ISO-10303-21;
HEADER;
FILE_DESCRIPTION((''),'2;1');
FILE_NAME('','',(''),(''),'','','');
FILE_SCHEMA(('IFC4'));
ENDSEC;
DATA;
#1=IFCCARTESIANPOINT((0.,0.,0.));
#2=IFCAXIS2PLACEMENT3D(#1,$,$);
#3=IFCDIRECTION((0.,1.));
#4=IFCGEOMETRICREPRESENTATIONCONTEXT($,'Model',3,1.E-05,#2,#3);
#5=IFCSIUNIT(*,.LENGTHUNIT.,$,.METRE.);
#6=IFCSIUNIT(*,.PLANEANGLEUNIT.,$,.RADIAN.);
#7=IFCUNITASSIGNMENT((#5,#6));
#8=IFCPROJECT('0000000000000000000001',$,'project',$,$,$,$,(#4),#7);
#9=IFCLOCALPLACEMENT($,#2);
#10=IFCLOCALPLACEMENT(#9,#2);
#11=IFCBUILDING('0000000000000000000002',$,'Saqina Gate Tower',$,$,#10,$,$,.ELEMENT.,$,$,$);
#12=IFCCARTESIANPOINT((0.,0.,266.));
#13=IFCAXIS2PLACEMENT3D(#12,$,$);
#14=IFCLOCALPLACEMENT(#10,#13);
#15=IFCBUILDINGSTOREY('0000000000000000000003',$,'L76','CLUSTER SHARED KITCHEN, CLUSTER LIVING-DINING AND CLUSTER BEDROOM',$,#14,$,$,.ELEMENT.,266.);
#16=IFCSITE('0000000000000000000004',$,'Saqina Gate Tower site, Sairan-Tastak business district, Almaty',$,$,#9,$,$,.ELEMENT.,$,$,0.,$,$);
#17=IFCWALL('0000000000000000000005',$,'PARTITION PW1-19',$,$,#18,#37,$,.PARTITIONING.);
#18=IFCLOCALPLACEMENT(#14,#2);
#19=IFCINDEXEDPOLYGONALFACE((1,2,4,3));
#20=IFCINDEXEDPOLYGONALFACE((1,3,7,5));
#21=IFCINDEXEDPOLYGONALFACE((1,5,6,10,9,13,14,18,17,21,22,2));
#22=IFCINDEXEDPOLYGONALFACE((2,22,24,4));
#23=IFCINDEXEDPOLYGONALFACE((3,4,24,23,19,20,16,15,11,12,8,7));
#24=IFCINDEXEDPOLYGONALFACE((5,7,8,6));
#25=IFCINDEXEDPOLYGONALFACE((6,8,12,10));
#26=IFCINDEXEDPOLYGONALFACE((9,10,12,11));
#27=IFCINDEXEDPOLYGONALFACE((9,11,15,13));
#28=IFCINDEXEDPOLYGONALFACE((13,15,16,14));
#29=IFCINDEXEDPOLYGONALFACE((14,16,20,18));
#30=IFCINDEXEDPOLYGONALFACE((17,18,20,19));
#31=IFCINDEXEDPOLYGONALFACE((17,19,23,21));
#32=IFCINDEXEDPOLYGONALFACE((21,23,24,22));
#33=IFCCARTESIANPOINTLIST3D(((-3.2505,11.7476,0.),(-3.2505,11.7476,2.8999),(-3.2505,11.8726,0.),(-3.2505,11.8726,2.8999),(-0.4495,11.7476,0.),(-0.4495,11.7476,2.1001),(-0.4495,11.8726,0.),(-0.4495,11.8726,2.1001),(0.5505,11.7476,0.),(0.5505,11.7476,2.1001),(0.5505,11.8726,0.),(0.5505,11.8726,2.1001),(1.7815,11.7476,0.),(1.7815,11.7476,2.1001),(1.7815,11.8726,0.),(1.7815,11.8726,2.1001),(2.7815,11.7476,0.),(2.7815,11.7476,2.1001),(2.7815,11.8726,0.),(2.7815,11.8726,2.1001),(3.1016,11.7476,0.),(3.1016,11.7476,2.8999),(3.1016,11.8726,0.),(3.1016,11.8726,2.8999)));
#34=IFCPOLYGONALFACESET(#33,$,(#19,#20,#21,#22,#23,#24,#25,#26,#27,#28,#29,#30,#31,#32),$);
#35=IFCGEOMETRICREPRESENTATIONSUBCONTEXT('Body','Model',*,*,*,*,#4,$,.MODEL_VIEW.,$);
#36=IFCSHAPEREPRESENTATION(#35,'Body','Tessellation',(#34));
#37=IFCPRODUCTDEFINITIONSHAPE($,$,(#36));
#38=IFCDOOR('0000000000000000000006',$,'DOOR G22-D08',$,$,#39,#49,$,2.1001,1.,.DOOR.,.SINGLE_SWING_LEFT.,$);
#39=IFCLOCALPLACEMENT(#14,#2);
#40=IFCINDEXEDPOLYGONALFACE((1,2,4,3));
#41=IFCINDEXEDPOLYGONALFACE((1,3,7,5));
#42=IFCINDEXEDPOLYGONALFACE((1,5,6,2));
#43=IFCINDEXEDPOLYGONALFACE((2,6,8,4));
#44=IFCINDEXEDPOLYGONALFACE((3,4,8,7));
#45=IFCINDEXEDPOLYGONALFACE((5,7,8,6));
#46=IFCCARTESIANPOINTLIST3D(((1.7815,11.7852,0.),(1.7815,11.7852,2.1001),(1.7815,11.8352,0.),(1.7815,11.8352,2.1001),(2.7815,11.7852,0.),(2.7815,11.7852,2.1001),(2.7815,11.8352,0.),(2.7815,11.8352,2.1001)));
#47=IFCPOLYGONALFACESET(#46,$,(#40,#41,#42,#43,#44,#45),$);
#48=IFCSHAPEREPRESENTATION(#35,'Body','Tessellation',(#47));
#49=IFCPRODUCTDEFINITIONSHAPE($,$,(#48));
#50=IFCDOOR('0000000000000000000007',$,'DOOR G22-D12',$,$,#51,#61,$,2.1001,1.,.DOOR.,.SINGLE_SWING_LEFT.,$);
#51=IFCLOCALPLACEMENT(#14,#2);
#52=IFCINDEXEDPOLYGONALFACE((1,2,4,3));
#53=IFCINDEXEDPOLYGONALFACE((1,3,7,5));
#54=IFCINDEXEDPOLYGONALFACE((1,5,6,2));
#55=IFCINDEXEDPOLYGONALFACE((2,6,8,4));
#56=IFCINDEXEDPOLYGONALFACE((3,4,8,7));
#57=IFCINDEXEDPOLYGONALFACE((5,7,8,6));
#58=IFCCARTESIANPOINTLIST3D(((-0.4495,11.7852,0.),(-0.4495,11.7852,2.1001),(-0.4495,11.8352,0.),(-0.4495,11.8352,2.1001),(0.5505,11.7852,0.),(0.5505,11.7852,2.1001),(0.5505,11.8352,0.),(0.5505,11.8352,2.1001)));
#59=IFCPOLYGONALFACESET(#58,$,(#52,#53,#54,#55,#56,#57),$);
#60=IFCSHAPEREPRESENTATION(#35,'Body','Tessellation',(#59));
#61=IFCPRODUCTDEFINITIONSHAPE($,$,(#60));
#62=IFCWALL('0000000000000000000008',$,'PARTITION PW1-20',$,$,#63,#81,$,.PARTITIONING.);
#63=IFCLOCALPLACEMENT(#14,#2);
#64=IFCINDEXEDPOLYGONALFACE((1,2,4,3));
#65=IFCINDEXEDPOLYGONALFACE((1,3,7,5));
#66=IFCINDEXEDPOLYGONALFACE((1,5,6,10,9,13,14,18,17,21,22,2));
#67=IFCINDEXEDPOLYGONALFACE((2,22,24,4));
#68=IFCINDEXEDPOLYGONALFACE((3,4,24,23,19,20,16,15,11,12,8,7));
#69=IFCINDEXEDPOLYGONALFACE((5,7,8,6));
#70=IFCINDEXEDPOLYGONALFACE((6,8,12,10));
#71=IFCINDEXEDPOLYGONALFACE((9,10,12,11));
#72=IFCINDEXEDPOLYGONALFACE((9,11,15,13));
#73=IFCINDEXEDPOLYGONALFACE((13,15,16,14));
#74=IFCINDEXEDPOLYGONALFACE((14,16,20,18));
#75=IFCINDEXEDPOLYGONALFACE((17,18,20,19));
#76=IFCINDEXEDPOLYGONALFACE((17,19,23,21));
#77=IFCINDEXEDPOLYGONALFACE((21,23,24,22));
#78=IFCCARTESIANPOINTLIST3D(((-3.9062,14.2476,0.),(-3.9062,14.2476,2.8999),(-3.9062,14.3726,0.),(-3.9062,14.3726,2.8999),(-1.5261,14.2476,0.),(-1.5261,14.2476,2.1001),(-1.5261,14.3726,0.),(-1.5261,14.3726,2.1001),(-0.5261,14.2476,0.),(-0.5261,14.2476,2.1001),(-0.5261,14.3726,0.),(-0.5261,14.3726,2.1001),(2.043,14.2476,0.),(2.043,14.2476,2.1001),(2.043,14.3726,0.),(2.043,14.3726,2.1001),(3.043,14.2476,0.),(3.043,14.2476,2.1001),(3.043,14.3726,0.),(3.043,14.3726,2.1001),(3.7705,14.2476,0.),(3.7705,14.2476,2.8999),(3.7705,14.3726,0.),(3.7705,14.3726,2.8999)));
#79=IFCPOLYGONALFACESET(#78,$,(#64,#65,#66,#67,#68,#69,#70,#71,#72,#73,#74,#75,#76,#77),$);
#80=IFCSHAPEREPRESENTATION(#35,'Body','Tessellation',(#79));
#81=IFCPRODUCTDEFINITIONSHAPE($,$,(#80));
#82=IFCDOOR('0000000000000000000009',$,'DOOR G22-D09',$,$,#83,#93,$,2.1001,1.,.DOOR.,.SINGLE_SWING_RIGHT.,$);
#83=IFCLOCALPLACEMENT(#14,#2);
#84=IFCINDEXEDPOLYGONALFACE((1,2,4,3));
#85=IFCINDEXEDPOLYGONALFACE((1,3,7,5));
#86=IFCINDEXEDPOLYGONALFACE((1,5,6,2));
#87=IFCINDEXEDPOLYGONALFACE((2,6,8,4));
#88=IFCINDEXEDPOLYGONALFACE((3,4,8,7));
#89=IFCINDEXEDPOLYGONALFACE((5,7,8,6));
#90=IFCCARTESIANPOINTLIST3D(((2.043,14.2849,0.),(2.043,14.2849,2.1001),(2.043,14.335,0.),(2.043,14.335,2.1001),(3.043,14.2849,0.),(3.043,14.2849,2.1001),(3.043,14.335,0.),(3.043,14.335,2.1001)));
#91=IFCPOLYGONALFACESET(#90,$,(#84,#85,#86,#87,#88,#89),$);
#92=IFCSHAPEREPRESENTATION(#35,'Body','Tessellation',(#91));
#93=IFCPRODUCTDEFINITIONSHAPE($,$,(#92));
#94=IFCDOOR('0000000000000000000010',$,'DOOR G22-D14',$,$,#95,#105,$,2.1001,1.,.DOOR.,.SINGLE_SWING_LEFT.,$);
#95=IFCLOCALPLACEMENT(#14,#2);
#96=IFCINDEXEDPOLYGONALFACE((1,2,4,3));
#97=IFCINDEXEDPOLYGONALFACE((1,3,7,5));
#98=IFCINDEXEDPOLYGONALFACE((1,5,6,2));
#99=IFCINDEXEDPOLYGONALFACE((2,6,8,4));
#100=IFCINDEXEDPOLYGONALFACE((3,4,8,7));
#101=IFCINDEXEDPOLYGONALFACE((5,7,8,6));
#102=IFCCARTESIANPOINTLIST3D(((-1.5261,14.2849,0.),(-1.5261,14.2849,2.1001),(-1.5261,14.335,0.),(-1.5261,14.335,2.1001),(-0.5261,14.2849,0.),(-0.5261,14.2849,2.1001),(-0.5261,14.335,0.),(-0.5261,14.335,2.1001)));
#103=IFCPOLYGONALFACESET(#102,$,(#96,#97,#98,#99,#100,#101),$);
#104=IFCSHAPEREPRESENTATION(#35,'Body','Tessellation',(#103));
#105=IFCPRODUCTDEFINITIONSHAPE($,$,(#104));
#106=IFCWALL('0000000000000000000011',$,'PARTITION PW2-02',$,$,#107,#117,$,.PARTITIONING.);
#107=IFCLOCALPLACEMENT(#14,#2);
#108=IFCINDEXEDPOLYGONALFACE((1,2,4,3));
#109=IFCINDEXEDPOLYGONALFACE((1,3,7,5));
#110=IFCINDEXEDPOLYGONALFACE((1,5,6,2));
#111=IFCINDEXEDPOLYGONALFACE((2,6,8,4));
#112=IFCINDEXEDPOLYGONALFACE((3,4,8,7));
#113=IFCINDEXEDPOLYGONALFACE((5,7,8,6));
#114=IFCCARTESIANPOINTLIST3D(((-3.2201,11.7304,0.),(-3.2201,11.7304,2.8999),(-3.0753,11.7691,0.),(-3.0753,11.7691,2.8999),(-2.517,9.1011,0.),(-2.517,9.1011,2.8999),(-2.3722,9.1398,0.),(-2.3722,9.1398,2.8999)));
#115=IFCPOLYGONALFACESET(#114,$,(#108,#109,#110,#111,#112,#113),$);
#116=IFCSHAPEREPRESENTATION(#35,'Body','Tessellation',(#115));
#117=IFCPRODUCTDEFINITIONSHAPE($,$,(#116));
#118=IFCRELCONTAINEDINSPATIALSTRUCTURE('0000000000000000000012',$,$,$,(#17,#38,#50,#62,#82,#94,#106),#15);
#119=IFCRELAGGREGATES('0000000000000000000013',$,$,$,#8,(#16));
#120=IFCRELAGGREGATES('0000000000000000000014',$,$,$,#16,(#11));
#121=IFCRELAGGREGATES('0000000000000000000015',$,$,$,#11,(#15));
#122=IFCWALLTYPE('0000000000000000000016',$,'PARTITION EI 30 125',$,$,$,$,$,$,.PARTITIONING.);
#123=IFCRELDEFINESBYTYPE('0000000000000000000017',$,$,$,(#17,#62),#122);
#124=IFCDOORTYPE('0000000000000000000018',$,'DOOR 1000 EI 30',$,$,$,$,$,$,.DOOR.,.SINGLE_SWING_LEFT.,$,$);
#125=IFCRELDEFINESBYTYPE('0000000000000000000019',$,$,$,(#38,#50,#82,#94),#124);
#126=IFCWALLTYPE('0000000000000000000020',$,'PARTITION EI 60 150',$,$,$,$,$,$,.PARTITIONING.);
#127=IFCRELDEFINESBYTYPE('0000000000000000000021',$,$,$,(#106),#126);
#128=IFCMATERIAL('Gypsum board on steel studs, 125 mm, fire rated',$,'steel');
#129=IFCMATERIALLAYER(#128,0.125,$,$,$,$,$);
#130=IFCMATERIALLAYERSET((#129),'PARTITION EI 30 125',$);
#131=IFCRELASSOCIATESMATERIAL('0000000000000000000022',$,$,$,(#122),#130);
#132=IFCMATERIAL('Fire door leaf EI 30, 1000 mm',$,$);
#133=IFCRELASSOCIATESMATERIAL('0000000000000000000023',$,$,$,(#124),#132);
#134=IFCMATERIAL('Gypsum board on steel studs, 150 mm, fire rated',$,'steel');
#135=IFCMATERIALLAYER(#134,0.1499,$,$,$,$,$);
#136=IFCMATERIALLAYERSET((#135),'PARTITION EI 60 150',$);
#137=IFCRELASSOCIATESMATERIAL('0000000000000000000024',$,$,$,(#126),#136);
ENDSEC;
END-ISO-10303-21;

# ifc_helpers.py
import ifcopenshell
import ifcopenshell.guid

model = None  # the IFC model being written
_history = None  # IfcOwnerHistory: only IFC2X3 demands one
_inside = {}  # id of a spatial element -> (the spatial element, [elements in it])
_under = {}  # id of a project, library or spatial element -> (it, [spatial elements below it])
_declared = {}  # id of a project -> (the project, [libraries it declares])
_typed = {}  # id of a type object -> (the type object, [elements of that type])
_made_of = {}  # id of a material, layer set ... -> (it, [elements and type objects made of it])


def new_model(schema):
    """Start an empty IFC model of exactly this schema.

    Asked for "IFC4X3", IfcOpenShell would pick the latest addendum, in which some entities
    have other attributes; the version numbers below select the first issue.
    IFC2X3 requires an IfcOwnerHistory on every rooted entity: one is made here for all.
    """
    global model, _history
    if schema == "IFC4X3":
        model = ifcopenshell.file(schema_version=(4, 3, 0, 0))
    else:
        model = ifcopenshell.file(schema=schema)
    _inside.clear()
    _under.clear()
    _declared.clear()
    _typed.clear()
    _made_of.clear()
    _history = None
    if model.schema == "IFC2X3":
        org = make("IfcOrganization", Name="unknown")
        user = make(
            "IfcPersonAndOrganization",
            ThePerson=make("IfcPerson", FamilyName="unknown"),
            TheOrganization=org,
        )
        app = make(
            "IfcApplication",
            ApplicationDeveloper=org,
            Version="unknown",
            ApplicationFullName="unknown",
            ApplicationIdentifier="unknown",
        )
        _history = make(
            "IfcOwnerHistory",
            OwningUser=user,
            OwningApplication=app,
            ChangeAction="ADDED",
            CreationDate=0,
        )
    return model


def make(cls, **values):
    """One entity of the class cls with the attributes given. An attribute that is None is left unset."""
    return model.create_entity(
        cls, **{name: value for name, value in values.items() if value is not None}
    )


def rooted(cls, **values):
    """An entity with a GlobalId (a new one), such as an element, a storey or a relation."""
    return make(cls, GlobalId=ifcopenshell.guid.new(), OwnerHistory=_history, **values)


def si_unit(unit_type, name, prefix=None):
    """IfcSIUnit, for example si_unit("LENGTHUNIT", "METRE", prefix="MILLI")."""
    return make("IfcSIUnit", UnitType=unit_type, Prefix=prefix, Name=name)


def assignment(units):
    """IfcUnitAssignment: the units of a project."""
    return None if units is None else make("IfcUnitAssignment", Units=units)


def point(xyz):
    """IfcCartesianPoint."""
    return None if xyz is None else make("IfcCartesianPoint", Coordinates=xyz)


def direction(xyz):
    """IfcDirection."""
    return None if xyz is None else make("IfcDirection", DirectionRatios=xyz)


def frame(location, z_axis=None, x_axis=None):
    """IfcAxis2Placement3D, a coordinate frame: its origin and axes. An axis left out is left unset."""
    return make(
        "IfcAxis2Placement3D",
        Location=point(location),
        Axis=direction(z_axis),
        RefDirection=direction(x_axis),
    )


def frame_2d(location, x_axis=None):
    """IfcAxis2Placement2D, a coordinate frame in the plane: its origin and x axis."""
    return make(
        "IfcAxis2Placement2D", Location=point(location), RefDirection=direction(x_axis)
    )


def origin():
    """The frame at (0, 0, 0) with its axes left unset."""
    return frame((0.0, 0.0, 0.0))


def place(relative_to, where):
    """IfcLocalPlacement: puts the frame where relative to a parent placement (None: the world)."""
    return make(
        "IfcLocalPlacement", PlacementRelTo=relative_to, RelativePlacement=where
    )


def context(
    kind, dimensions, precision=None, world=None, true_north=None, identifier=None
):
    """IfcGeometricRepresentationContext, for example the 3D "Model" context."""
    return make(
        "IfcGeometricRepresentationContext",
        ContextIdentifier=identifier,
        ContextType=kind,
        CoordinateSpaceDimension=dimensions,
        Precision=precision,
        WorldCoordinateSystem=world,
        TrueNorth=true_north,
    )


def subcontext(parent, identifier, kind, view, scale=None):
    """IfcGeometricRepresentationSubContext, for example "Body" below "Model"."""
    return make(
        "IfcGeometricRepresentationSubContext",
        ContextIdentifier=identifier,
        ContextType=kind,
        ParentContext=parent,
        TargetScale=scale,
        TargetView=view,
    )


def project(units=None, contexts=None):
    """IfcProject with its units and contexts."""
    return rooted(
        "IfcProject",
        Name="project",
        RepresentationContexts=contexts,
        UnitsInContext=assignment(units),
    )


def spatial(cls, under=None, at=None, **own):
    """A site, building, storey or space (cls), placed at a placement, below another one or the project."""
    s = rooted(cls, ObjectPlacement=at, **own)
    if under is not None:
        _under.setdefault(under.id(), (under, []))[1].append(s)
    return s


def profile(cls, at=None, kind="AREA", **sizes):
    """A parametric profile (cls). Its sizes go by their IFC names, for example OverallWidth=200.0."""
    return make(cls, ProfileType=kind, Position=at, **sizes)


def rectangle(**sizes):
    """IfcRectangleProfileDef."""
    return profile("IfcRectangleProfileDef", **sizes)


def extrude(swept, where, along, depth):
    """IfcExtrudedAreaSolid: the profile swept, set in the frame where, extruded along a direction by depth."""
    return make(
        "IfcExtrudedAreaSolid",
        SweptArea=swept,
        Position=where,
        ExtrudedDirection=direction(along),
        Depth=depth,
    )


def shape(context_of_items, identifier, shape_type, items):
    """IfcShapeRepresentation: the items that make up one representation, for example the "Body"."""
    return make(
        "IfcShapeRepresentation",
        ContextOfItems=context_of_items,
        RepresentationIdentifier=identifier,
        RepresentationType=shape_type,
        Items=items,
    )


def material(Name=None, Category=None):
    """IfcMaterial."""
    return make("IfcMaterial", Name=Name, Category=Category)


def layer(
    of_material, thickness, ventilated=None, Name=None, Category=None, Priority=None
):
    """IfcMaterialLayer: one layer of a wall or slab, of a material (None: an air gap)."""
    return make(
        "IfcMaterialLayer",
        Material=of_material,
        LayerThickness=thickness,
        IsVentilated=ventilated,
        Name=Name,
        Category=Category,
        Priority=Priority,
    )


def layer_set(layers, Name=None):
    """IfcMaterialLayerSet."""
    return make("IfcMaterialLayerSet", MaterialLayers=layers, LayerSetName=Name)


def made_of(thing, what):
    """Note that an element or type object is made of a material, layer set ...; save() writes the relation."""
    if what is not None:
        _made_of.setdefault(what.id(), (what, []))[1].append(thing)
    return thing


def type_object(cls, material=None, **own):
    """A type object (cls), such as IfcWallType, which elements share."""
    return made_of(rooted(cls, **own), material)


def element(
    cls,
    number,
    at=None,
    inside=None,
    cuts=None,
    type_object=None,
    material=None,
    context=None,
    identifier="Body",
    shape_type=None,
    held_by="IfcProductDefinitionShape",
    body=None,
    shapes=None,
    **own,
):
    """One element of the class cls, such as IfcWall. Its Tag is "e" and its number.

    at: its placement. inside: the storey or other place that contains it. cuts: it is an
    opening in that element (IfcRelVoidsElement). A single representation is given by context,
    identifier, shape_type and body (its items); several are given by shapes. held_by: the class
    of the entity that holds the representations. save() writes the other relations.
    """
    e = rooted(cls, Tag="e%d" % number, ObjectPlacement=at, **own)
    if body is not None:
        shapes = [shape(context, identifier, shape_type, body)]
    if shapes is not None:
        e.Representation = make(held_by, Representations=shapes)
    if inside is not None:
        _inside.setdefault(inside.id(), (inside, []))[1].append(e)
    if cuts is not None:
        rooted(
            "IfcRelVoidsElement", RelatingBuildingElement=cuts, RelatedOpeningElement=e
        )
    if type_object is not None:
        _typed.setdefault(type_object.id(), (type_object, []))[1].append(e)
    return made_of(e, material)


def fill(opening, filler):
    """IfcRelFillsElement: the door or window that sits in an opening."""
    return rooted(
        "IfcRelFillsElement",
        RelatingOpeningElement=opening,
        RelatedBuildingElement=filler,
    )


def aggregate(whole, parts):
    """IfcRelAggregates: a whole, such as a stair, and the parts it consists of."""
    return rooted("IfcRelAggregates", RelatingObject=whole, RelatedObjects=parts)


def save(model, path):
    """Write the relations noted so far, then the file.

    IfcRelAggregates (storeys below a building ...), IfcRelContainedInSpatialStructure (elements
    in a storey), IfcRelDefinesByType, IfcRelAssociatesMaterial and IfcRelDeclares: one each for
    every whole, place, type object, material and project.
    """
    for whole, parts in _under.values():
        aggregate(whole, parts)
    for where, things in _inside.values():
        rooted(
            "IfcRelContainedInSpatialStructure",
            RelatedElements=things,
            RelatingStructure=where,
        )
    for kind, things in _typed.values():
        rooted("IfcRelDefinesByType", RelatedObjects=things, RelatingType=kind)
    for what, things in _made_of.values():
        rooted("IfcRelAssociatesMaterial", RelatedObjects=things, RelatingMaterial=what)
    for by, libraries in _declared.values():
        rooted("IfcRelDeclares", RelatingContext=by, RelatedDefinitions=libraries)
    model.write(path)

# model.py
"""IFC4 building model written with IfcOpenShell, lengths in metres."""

from ifc_helpers import new_model, si_unit, direction, frame, frame_2d, origin, place, context, subcontext, project, spatial, rectangle, extrude, material, layer, layer_set, type_object, element, fill, save


model = new_model("IFC4")

# Units and contexts
model_context = context("Model", 3, precision=1e-05, world=origin(), true_north=direction((0.0, 1.0)))
body_context = subcontext(model_context, "Body", "Model", "MODEL_VIEW")
ifc_project = project(units=[si_unit("LENGTHUNIT", "METRE"), si_unit("PLANEANGLEUNIT", "RADIAN")], contexts=[model_context])

# Site, building, storey
site_placement = place(None, origin())
site = spatial("IfcSite", under=ifc_project, at=site_placement, Name="Saqina Gate Tower site, Sairan-Tastak business district, Almaty", CompositionType="ELEMENT", RefElevation=0.0)
building_placement = place(site_placement, origin())
building = spatial("IfcBuilding", under=site, at=building_placement, Name="Saqina Gate Tower", CompositionType="ELEMENT")
storey_placement = place(building_placement, frame((0.0, 0.0, 266.0)))
storey = spatial("IfcBuildingStorey", under=building, at=storey_placement, Name="L76", Description="CLUSTER SHARED KITCHEN, CLUSTER LIVING-DINING AND CLUSTER BEDROOM", CompositionType="ELEMENT", Elevation=266.0)

# Walls, openings, doors
ifc_material_1 = material(Name="Gypsum board on steel studs, 125 mm, fire rated", Category="steel")
ifc_layer_1 = layer(ifc_material_1, 0.125)
ifc_layer_set_1 = layer_set([ifc_layer_1], Name="PARTITION EI 30 125")
wall_type_1 = type_object("IfcWallType", Name="PARTITION EI 30 125", PredefinedType="PARTITIONING", material=ifc_layer_set_1)
wall_1_placement = place(storey_placement, frame((-3.2505, 11.8101, 0.0), z_axis=(0.0, 0.0, 1.0), x_axis=(1.0, 0.0, 0.0)))
wall_1 = element("IfcWall", 1, at=wall_1_placement, inside=storey, type_object=wall_type_1, Name="PARTITION PW1-19", PredefinedType="PARTITIONING", context=body_context, shape_type="SweptSolid", body=[
    extrude(rectangle(XDim=6.3521, YDim=0.125, at=frame_2d((3.176, 0.0))), origin(), (0.0, 0.0, 1.0), 2.8999),
])
opening_1_placement = place(wall_1_placement, frame((5.032, 0.0, 0.0)))
opening_1 = element("IfcOpeningElement", 2, at=opening_1_placement, cuts=wall_1, PredefinedType="OPENING", context=body_context, shape_type="SweptSolid", body=[
    extrude(rectangle(XDim=1.0, YDim=2.1001, at=frame_2d((0.5, 1.05))), frame((0.0, 0.0745, 0.0), z_axis=(0.0, -1.0, 0.0), x_axis=(1.0, 0.0, 0.0)), (0.0, 0.0, 1.0), 0.1489),
])
opening_2_placement = place(wall_1_placement, frame((2.801, 0.0, 0.0)))
opening_2 = element("IfcOpeningElement", 3, at=opening_2_placement, cuts=wall_1, PredefinedType="OPENING", context=body_context, shape_type="SweptSolid", body=[
    extrude(rectangle(XDim=1.0, YDim=2.1001, at=frame_2d((0.5, 1.05))), frame((0.0, 0.0745, 0.0), z_axis=(0.0, -1.0, 0.0), x_axis=(1.0, 0.0, 0.0)), (0.0, 0.0, 1.0), 0.1489),
])
ifc_material_2 = material(Name="Fire door leaf EI 30, 1000 mm")
door_type_1 = type_object("IfcDoorType", Name="DOOR 1000 EI 30", OperationType="SINGLE_SWING_LEFT", PredefinedType="DOOR", material=ifc_material_2)
door_1_placement = place(opening_1_placement, frame((1.0, 0.0, 0.0), z_axis=(0.0, 0.0, 1.0), x_axis=(-1.0, 0.0, 0.0)))
door_1 = element("IfcDoor", 4, at=door_1_placement, inside=storey, type_object=door_type_1, Name="DOOR G22-D08", OperationType="SINGLE_SWING_LEFT", OverallHeight=2.1001, OverallWidth=1.0, PredefinedType="DOOR", context=body_context, shape_type="SweptSolid", body=[
    extrude(rectangle(XDim=1.0, YDim=2.1001, at=frame_2d((0.5, 1.05))), frame((0.0, 0.0249, 0.0), z_axis=(0.0, -1.0, 0.0), x_axis=(1.0, 0.0, 0.0)), (0.0, 0.0, 1.0), 0.05),
])
fill(opening_1, door_1)
door_2_placement = place(opening_2_placement, frame((1.0, 0.0, 0.0), z_axis=(0.0, 0.0, 1.0), x_axis=(-1.0, 0.0, 0.0)))
door_2 = element("IfcDoor", 5, at=door_2_placement, inside=storey, type_object=door_type_1, Name="DOOR G22-D12", OperationType="SINGLE_SWING_LEFT", OverallHeight=2.1001, OverallWidth=1.0, PredefinedType="DOOR", context=body_context, shape_type="SweptSolid", body=[
    extrude(rectangle(XDim=1.0, YDim=2.1001, at=frame_2d((0.5, 1.05))), frame((0.0, 0.0249, 0.0), z_axis=(0.0, -1.0, 0.0), x_axis=(1.0, 0.0, 0.0)), (0.0, 0.0, 1.0), 0.05),
])
fill(opening_2, door_2)
wall_2_placement = place(storey_placement, frame((-3.9062, 14.3101, 0.0), z_axis=(0.0, 0.0, 1.0), x_axis=(1.0, 0.0, 0.0)))
wall_2 = element("IfcWall", 6, at=wall_2_placement, inside=storey, type_object=wall_type_1, Name="PARTITION PW1-20", PredefinedType="PARTITIONING", context=body_context, shape_type="SweptSolid", body=[
    extrude(rectangle(XDim=7.6768, YDim=0.125, at=frame_2d((3.8384, 0.0))), origin(), (0.0, 0.0, 1.0), 2.8999),
])
opening_3_placement = place(wall_2_placement, frame((5.9492, 0.0, 0.0)))
opening_3 = element("IfcOpeningElement", 7, at=opening_3_placement, cuts=wall_2, PredefinedType="OPENING", context=body_context, shape_type="SweptSolid", body=[
    extrude(rectangle(XDim=1.0, YDim=2.1001, at=frame_2d((0.5, 1.05))), frame((0.0, 0.0745, 0.0), z_axis=(0.0, -1.0, 0.0), x_axis=(1.0, 0.0, 0.0)), (0.0, 0.0, 1.0), 0.1489),
])
opening_4_placement = place(wall_2_placement, frame((2.3801, 0.0, 0.0)))
opening_4 = element("IfcOpeningElement", 8, at=opening_4_placement, cuts=wall_2, PredefinedType="OPENING", context=body_context, shape_type="SweptSolid", body=[
    extrude(rectangle(XDim=1.0, YDim=2.1001, at=frame_2d((0.5, 1.05))), frame((0.0, 0.0745, 0.0), z_axis=(0.0, -1.0, 0.0), x_axis=(1.0, 0.0, 0.0)), (0.0, 0.0, 1.0), 0.1489),
])
door_3_placement = place(opening_3_placement, origin())
door_3 = element("IfcDoor", 9, at=door_3_placement, inside=storey, type_object=door_type_1, Name="DOOR G22-D09", OperationType="SINGLE_SWING_RIGHT", OverallHeight=2.1001, OverallWidth=1.0, PredefinedType="DOOR", context=body_context, shape_type="SweptSolid", body=[
    extrude(rectangle(XDim=1.0, YDim=2.1001, at=frame_2d((0.5, 1.05))), frame((0.0, 0.0249, 0.0), z_axis=(0.0, -1.0, 0.0), x_axis=(1.0, 0.0, 0.0)), (0.0, 0.0, 1.0), 0.05),
])
fill(opening_3, door_3)
door_4_placement = place(opening_4_placement, origin())
door_4 = element("IfcDoor", 10, at=door_4_placement, inside=storey, type_object=door_type_1, Name="DOOR G22-D14", OperationType="SINGLE_SWING_LEFT", OverallHeight=2.1001, OverallWidth=1.0, PredefinedType="DOOR", context=body_context, shape_type="SweptSolid", body=[
    extrude(rectangle(XDim=1.0, YDim=2.1001, at=frame_2d((0.5, 1.05))), frame((0.0, 0.0249, 0.0), z_axis=(0.0, -1.0, 0.0), x_axis=(1.0, 0.0, 0.0)), (0.0, 0.0, 1.0), 0.05),
])
fill(opening_4, door_4)

# Wall
ifc_material_3 = material(Name="Gypsum board on steel studs, 150 mm, fire rated", Category="steel")
ifc_layer_2 = layer(ifc_material_3, 0.1499)
ifc_layer_set_2 = layer_set([ifc_layer_2], Name="PARTITION EI 60 150")
wall_type_2 = type_object("IfcWallType", Name="PARTITION EI 60 150", PredefinedType="PARTITIONING", material=ifc_layer_set_2)
wall_3_placement = place(storey_placement, frame((-3.1477, 11.7498, 0.0), z_axis=(0.0, 0.0, 1.0), x_axis=(0.258333, -0.966056, 0.0)))
element("IfcWall", 11, at=wall_3_placement, inside=storey, type_object=wall_type_2, Name="PARTITION PW2-02", PredefinedType="PARTITIONING", context=body_context, shape_type="SweptSolid", body=[
    extrude(rectangle(XDim=2.7217, YDim=0.1499, at=frame_2d((1.3608, 0.0))), origin(), (0.0, 0.0, 1.0), 2.8999),
])

save(model, "model.ifc")
